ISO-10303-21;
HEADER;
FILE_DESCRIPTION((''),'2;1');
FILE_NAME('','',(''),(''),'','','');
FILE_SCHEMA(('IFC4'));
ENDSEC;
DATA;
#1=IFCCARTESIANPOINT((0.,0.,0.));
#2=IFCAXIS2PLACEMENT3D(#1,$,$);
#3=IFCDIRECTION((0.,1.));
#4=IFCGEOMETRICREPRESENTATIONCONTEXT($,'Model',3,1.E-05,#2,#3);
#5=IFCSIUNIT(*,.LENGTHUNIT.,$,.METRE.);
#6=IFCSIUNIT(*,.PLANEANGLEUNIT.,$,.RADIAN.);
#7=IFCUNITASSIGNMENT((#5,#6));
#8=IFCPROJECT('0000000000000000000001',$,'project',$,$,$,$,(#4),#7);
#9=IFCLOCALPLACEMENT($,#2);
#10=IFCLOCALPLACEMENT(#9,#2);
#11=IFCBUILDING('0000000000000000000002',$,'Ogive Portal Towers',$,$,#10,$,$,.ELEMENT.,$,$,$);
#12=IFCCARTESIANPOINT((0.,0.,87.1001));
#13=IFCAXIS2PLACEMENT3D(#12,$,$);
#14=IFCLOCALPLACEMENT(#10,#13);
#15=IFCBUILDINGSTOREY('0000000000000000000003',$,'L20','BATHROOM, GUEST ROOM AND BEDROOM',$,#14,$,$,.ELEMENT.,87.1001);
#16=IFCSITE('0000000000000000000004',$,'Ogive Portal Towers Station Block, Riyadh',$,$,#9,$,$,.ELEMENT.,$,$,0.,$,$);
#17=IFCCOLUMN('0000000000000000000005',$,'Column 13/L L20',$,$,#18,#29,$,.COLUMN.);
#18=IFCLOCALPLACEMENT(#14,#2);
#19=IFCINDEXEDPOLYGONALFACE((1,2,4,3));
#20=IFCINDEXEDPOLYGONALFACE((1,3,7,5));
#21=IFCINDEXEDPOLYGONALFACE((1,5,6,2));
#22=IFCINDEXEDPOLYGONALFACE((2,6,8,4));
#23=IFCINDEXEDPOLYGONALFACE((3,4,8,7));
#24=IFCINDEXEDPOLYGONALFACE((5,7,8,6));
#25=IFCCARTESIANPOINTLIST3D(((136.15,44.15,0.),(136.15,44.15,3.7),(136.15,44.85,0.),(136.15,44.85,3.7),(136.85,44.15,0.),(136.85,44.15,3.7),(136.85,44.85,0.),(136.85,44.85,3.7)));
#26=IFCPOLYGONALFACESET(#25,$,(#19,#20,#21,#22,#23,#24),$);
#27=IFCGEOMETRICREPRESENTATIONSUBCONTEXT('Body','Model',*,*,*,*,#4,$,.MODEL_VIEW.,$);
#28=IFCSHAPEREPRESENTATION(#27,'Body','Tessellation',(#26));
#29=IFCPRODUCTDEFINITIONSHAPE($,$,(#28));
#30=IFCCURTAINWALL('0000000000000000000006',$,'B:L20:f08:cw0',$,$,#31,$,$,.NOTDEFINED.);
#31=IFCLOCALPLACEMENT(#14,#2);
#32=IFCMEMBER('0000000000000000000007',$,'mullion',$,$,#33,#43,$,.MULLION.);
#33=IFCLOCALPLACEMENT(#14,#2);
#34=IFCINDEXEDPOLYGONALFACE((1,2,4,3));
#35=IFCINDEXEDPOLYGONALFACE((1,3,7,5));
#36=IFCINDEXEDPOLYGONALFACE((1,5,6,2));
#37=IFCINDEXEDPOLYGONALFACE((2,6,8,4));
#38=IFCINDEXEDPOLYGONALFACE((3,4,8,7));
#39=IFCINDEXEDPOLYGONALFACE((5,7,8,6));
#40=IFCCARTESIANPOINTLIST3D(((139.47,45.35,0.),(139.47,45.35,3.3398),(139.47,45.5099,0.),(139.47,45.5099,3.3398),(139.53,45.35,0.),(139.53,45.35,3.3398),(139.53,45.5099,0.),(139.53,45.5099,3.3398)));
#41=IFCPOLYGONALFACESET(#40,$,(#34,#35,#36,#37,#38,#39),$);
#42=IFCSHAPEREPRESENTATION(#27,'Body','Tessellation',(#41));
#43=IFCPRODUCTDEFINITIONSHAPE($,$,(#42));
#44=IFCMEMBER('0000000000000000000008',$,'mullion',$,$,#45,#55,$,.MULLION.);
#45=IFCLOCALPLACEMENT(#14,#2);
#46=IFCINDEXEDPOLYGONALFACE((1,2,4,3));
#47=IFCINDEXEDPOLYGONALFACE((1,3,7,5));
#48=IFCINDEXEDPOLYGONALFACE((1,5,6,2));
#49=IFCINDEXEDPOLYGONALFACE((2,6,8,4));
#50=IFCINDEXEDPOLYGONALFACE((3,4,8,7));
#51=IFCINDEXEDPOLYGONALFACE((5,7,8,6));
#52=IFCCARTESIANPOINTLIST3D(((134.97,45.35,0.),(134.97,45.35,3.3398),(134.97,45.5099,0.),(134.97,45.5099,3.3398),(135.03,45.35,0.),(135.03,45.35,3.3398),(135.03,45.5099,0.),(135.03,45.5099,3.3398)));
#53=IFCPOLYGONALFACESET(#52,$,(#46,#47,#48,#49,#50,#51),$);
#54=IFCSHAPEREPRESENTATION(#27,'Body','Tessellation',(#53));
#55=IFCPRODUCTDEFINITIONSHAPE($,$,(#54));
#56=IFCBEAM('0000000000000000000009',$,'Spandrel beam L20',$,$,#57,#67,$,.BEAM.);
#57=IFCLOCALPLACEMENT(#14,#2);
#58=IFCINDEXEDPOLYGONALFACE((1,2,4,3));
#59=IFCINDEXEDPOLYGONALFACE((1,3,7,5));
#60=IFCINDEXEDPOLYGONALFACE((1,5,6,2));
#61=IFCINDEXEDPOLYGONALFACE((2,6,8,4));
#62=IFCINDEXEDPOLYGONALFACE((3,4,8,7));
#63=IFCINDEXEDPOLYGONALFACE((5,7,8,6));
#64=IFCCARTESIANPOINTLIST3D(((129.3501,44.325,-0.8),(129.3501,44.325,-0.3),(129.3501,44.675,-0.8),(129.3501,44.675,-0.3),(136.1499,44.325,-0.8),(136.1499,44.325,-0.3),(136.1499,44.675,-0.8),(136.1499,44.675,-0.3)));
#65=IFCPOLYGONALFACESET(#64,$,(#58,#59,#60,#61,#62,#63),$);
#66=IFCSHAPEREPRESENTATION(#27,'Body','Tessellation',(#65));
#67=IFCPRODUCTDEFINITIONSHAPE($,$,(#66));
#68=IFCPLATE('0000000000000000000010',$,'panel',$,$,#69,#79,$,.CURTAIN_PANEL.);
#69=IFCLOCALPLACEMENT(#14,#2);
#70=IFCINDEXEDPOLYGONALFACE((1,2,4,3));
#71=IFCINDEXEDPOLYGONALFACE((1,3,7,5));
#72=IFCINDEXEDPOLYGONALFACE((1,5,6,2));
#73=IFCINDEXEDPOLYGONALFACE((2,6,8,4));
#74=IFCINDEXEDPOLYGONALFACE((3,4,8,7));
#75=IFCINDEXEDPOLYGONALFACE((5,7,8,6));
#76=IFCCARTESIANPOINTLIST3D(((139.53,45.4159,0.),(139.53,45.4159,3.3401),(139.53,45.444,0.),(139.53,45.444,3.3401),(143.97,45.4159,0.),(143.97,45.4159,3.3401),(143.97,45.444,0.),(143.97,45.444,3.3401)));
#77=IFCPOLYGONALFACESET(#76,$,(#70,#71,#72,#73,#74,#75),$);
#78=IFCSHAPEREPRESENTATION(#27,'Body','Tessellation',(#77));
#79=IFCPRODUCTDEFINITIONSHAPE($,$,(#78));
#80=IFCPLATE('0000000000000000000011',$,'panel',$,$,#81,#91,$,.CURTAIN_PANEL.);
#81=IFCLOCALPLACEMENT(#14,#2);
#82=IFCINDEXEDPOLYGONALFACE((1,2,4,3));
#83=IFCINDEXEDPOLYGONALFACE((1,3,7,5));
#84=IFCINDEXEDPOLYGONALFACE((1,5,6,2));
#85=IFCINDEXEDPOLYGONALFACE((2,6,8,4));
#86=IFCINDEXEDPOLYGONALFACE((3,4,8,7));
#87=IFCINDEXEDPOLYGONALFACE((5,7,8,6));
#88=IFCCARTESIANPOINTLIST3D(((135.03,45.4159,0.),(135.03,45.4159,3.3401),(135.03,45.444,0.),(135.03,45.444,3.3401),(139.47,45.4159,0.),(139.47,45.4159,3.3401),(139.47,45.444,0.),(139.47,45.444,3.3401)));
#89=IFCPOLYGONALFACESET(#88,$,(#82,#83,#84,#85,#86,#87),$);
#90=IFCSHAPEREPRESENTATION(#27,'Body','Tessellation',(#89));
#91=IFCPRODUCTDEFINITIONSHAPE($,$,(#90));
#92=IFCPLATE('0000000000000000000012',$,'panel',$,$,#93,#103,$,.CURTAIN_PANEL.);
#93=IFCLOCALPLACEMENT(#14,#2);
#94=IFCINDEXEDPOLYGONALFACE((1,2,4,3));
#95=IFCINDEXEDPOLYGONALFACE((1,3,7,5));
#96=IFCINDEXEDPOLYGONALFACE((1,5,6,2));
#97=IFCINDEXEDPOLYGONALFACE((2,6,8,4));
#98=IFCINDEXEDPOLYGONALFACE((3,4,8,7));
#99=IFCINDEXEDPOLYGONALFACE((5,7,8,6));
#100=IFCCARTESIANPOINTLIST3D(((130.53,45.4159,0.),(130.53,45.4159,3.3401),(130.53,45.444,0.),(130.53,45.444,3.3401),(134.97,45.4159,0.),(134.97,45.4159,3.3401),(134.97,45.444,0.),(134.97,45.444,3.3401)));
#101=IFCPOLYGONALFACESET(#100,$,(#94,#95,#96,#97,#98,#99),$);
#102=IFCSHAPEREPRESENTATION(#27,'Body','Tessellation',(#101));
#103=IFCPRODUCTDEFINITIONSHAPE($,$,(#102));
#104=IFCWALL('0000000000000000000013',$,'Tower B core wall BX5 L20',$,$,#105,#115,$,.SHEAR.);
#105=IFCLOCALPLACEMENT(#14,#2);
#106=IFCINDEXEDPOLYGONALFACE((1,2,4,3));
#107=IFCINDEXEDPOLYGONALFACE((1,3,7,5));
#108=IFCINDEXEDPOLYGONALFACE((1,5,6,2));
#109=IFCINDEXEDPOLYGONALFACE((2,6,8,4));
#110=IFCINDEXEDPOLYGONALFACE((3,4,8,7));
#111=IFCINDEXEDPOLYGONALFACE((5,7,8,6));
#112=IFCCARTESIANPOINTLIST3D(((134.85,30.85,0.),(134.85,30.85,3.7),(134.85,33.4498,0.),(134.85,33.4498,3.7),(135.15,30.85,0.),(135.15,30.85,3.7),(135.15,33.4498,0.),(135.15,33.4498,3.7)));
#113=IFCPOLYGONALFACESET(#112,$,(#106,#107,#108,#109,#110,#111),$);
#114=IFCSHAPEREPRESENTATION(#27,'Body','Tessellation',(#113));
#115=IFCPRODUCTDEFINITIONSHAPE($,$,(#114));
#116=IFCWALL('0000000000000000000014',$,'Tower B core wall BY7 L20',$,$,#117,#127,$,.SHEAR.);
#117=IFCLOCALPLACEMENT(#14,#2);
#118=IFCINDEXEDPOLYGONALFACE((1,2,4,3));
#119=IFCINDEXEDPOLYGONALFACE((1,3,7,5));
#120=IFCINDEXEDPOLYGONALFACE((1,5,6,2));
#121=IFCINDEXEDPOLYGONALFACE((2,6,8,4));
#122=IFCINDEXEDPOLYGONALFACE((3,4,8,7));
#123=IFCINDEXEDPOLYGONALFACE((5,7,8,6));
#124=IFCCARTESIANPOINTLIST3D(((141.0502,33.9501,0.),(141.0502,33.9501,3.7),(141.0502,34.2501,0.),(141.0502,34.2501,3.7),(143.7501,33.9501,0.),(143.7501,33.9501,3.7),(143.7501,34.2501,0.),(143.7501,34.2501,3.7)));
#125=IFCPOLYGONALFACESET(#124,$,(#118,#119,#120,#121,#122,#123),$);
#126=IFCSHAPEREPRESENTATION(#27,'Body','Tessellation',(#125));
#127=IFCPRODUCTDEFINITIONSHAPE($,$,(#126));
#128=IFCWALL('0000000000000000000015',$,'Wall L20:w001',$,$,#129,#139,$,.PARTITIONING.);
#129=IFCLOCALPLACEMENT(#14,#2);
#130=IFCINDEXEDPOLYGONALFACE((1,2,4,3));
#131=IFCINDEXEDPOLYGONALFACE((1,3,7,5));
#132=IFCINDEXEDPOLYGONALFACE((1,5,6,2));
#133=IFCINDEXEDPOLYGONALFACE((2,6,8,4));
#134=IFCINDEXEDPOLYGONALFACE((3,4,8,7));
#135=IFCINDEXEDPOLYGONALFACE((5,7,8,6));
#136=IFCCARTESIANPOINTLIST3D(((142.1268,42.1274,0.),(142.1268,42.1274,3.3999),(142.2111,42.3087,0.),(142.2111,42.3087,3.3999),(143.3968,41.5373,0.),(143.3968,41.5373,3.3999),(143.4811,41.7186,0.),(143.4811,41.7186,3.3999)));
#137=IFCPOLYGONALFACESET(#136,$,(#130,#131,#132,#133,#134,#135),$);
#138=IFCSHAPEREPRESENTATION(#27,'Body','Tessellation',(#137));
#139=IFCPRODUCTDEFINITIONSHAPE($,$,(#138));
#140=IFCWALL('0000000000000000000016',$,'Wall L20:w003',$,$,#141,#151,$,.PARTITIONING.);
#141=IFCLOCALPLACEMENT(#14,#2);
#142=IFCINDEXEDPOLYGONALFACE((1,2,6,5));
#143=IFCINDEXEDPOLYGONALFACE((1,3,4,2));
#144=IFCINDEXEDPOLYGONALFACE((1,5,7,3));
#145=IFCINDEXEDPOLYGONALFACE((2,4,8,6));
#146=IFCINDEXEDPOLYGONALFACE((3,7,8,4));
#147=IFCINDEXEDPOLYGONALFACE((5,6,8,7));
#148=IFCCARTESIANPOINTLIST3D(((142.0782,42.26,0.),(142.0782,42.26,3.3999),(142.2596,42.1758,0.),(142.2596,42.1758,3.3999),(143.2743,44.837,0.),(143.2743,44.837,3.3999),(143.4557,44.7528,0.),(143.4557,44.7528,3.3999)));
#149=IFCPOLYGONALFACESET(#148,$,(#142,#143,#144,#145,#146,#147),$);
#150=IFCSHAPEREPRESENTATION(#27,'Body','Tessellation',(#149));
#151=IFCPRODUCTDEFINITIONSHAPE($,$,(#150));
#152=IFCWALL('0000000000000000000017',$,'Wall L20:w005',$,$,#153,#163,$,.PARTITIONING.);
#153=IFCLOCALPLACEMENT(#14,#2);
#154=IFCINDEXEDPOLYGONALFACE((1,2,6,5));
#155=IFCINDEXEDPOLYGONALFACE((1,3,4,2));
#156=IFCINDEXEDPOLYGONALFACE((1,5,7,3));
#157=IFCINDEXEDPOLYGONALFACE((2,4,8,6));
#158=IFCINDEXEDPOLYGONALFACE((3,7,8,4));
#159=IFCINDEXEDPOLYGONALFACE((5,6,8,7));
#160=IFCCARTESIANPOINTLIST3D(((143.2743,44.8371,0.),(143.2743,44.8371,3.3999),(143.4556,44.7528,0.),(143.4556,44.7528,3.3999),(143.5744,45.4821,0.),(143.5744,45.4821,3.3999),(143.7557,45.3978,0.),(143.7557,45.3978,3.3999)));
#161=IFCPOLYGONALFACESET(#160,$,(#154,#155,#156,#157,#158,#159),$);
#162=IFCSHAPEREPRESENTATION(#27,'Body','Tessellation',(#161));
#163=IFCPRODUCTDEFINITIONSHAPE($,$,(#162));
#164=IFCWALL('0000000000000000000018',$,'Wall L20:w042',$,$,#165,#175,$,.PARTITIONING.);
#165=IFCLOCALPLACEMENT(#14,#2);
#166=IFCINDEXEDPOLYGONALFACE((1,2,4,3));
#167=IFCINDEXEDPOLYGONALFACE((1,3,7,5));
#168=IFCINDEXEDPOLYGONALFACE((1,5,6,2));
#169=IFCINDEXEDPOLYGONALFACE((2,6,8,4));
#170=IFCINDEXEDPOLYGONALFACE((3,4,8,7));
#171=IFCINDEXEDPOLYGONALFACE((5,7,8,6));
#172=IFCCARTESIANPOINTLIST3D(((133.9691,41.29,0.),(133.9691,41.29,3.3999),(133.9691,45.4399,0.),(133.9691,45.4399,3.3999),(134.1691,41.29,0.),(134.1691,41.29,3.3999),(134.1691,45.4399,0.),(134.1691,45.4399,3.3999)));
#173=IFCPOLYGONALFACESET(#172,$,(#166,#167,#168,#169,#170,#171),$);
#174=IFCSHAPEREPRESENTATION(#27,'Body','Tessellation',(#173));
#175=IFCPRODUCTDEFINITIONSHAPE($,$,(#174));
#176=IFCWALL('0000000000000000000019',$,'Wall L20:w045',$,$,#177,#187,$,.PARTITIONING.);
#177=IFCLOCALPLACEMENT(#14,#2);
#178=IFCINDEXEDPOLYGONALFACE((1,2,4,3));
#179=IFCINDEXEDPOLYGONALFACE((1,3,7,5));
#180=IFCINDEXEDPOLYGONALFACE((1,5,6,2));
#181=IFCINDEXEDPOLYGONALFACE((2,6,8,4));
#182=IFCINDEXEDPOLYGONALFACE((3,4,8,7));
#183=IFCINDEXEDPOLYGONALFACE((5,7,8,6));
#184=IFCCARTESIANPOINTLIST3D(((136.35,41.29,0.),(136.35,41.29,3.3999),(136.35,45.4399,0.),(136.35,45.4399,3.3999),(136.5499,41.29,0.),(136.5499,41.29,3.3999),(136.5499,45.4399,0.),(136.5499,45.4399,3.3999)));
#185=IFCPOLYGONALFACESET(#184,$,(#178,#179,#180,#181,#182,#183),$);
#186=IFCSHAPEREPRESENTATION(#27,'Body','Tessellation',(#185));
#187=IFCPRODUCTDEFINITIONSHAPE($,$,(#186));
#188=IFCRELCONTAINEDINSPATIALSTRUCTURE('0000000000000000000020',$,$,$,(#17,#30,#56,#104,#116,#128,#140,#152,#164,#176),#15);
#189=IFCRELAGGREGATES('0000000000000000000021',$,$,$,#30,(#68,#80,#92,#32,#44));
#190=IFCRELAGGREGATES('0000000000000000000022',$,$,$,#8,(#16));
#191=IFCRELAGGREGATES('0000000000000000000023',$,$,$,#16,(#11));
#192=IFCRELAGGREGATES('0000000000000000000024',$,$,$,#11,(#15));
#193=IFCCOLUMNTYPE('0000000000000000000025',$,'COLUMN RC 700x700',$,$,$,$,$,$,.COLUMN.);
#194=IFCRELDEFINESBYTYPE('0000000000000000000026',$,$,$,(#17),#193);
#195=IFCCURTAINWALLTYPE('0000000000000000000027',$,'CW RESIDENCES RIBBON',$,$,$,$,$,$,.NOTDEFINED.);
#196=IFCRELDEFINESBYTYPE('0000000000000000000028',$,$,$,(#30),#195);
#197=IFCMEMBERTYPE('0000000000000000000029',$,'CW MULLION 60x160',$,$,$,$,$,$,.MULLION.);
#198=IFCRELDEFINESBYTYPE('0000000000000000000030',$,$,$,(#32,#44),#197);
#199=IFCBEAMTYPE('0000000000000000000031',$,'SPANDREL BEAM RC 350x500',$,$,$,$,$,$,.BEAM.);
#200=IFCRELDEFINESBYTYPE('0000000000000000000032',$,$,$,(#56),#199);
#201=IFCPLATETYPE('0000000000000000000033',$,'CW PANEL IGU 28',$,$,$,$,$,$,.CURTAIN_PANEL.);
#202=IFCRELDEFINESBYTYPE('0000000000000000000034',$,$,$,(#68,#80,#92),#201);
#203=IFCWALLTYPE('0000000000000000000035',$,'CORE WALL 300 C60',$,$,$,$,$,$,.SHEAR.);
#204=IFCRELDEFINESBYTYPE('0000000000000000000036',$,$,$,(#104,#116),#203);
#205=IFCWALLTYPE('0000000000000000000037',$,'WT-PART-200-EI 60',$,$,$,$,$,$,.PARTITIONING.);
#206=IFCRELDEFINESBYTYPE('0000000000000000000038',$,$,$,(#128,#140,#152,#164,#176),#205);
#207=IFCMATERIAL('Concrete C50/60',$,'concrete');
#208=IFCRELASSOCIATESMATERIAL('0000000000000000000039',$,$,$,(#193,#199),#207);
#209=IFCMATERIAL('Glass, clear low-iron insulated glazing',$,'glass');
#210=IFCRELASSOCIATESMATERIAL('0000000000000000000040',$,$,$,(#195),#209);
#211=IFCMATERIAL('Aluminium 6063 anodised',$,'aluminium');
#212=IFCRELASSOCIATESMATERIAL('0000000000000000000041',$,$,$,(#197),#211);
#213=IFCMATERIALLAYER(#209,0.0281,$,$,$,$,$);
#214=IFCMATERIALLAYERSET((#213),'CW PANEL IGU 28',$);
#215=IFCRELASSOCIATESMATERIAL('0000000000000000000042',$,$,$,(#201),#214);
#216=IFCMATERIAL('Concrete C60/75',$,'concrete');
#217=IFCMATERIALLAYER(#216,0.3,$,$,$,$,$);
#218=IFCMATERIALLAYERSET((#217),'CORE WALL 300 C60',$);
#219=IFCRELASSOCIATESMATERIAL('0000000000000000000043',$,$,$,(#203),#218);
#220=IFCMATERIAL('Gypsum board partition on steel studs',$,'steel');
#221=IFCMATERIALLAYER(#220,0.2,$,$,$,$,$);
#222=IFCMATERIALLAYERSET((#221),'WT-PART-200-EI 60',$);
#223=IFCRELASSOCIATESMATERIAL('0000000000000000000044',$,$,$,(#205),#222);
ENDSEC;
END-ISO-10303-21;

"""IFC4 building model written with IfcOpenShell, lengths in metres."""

from ifc_helpers import new_model, si_unit, direction, frame, frame_2d, origin, origin_2d, place, context, subcontext, project, spatial, rectangle, extrude, material, layer, layer_set, material_profile, profile_set, type_object, element, aggregate, save


model = new_model("IFC4")

# Units and contexts
model_context = context("Model", 3, precision=1e-05, world=origin(), true_north=direction((0.0, 1.0)))
body_context = subcontext(model_context, "Body", "Model", "MODEL_VIEW")
ifc_project = project(units=[si_unit("LENGTHUNIT", "METRE"), si_unit("PLANEANGLEUNIT", "RADIAN")], contexts=[model_context])

# Site, building, storey
site_placement = place(None, origin())
site = spatial("IfcSite", under=ifc_project, at=site_placement, Name="Ogive Portal Towers Station Block, Riyadh", CompositionType="ELEMENT", RefElevation=0.0)
building_placement = place(site_placement, origin())
building = spatial("IfcBuilding", under=site, at=building_placement, Name="Ogive Portal Towers", CompositionType="ELEMENT")
storey_placement = place(building_placement, frame((0.0, 0.0, 87.1001)))
storey = spatial("IfcBuildingStorey", under=building, at=storey_placement, Name="L20", Description="BATHROOM, GUEST ROOM AND BEDROOM", CompositionType="ELEMENT", Elevation=87.1001)

# Column
ifc_material_1 = material(Name="Concrete C50/60", Category="concrete")
ifc_material_profile_1 = material_profile(ifc_material_1, rectangle(XDim=0.7, YDim=0.7, at=origin_2d()), Name="RC 700x700")
ifc_profile_set_1 = profile_set([ifc_material_profile_1], Name="Concrete C50/60")
column_type = type_object("IfcColumnType", Name="COLUMN RC 700x700", PredefinedType="COLUMN", material=ifc_profile_set_1)
column_placement = place(storey_placement, frame((136.5, 44.5, 0.0), z_axis=(0.0, 0.0, 1.0), x_axis=(1.0, 0.0, 0.0)))
element("IfcColumn", 1, at=column_placement, inside=storey, type_object=column_type, Name="Column 13/L L20", PredefinedType="COLUMN", context=body_context, shape_type="SweptSolid", body=[
    extrude(rectangle(XDim=0.7, YDim=0.7, at=origin_2d()), origin(), (0.0, 0.0, 1.0), 3.7),
])

# Curtain wall, members
ifc_material_2 = material(Name="Glass, clear low-iron insulated glazing", Category="glass")
curtain_wall_type = type_object("IfcCurtainWallType", Name="CW RESIDENCES RIBBON", PredefinedType="NOTDEFINED", material=ifc_material_2)
curtain_wall_placement = place(storey_placement, origin())
curtain_wall = element("IfcCurtainWall", 2, at=curtain_wall_placement, inside=storey, type_object=curtain_wall_type, Name="B:L20:f08:cw0", PredefinedType="NOTDEFINED")
ifc_material_3 = material(Name="Aluminium 6063 anodised", Category="aluminium")
ifc_material_profile_2 = material_profile(ifc_material_3, rectangle(XDim=0.1599, YDim=0.0601, at=origin_2d()), Name="AL 60x160")
ifc_profile_set_2 = profile_set([ifc_material_profile_2], Name="Aluminium 6063 anodised")
member_type = type_object("IfcMemberType", Name="CW MULLION 60x160", PredefinedType="MULLION", material=ifc_profile_set_2)
member_1_placement = place(storey_placement, frame((139.5, 45.4299, 0.0), z_axis=(0.0, 0.0, 1.0), x_axis=(0.0, -1.0, 0.0)))
member_1 = element("IfcMember", 3, at=member_1_placement, type_object=member_type, Name="mullion", PredefinedType="MULLION", context=body_context, shape_type="SweptSolid", body=[
    extrude(rectangle(XDim=0.1599, YDim=0.0601, at=origin_2d()), origin(), (0.0, 0.0, 1.0), 3.3398),
])
member_2_placement = place(storey_placement, frame((135.0, 45.4299, 0.0), z_axis=(0.0, 0.0, 1.0), x_axis=(0.0, -1.0, 0.0)))
member_2 = element("IfcMember", 4, at=member_2_placement, type_object=member_type, Name="mullion", PredefinedType="MULLION", context=body_context, shape_type="SweptSolid", body=[
    extrude(rectangle(XDim=0.1599, YDim=0.0601, at=origin_2d()), origin(), (0.0, 0.0, 1.0), 3.3398),
])

# Beam
ifc_material_profile_3 = material_profile(ifc_material_1, rectangle(XDim=0.3501, YDim=0.5, at=origin_2d()), Name="RC 350x500")
ifc_profile_set_3 = profile_set([ifc_material_profile_3], Name="Concrete C50/60")
beam_type = type_object("IfcBeamType", Name="SPANDREL BEAM RC 350x500", PredefinedType="BEAM", material=ifc_profile_set_3)
beam_placement = place(storey_placement, frame((136.1499, 44.5, -0.55), z_axis=(-1.0, 0.0, 0.0), x_axis=(0.0, -1.0, 0.0)))
element("IfcBeam", 5, at=beam_placement, inside=storey, type_object=beam_type, Name="Spandrel beam L20", PredefinedType="BEAM", context=body_context, shape_type="SweptSolid", body=[
    extrude(rectangle(XDim=0.3501, YDim=0.5, at=origin_2d()), origin(), (0.0, 0.0, 1.0), 6.7998),
])

# Plates
ifc_layer_1 = layer(ifc_material_2, 0.0281)
ifc_layer_set_1 = layer_set([ifc_layer_1], Name="CW PANEL IGU 28")
plate_type = type_object("IfcPlateType", Name="CW PANEL IGU 28", PredefinedType="CURTAIN_PANEL", material=ifc_layer_set_1)
plate_1_placement = place(storey_placement, frame((141.75, 45.4299, 0.0), z_axis=(0.0, 0.0, 1.0), x_axis=(-1.0, 0.0, 0.0)))
plate_1 = element("IfcPlate", 6, at=plate_1_placement, type_object=plate_type, Name="panel", PredefinedType="CURTAIN_PANEL", context=body_context, shape_type="SweptSolid", body=[
    extrude(rectangle(XDim=4.4399, YDim=0.0281, at=origin_2d()), origin(), (0.0, 0.0, 1.0), 3.3401),
])
plate_2_placement = place(storey_placement, frame((137.25, 45.4299, 0.0), z_axis=(0.0, 0.0, 1.0), x_axis=(-1.0, 0.0, 0.0)))
plate_2 = element("IfcPlate", 7, at=plate_2_placement, type_object=plate_type, Name="panel", PredefinedType="CURTAIN_PANEL", context=body_context, shape_type="SweptSolid", body=[
    extrude(rectangle(XDim=4.4399, YDim=0.0281, at=origin_2d()), origin(), (0.0, 0.0, 1.0), 3.3401),
])
plate_3_placement = place(storey_placement, frame((132.75, 45.4299, 0.0), z_axis=(0.0, 0.0, 1.0), x_axis=(-1.0, 0.0, 0.0)))
plate_3 = element("IfcPlate", 8, at=plate_3_placement, type_object=plate_type, Name="panel", PredefinedType="CURTAIN_PANEL", context=body_context, shape_type="SweptSolid", body=[
    extrude(rectangle(XDim=4.4399, YDim=0.0281, at=origin_2d()), origin(), (0.0, 0.0, 1.0), 3.3401),
])
aggregate(curtain_wall, [plate_1, plate_2, plate_3, member_1, member_2])

# Walls
ifc_material_4 = material(Name="Concrete C60/75", Category="concrete")
ifc_layer_2 = layer(ifc_material_4, 0.3)
ifc_layer_set_2 = layer_set([ifc_layer_2], Name="CORE WALL 300 C60")
wall_type_1 = type_object("IfcWallType", Name="CORE WALL 300 C60", PredefinedType="SHEAR", material=ifc_layer_set_2)
wall_1_placement = place(storey_placement, frame((135.0, 30.8501, 0.0), z_axis=(0.0, 0.0, 1.0), x_axis=(0.0, 1.0, 0.0)))
element("IfcWall", 9, at=wall_1_placement, inside=storey, type_object=wall_type_1, Name="Tower B core wall BX5 L20", PredefinedType="SHEAR", context=body_context, shape_type="SweptSolid", body=[
    extrude(rectangle(XDim=2.5999, YDim=0.3, at=frame_2d((1.2998, 0.0))), origin(), (0.0, 0.0, 1.0), 3.7),
])
wall_2_placement = place(storey_placement, frame((141.05, 34.1001, 0.0), z_axis=(0.0, 0.0, 1.0), x_axis=(1.0, 0.0, 0.0)))
element("IfcWall", 10, at=wall_2_placement, inside=storey, type_object=wall_type_1, Name="Tower B core wall BY7 L20", PredefinedType="SHEAR", context=body_context, shape_type="SweptSolid", body=[
    extrude(rectangle(XDim=2.7, YDim=0.3, at=frame_2d((1.3501, 0.0))), origin(), (0.0, 0.0, 1.0), 3.7),
])
ifc_material_5 = material(Name="Gypsum board partition on steel studs", Category="steel")
ifc_layer_3 = layer(ifc_material_5, 0.2)
ifc_layer_set_3 = layer_set([ifc_layer_3], Name="WT-PART-200-EI 60")
wall_type_2 = type_object("IfcWallType", Name="WT-PART-200-EI 60", PredefinedType="PARTITIONING", material=ifc_layer_set_3)
wall_3_placement = place(storey_placement, frame((142.1689, 42.218, 0.0), z_axis=(0.0, 0.0, 1.0), x_axis=(0.90689, -0.421367, 0.0)))
element("IfcWall", 11, at=wall_3_placement, inside=storey, type_object=wall_type_2, Name="Wall L20:w001", PredefinedType="PARTITIONING", context=body_context, shape_type="SweptSolid", body=[
    extrude(rectangle(XDim=1.4004, YDim=0.2, at=frame_2d((0.7002, 0.0))), origin(), (0.0, 0.0, 1.0), 3.3999),
])
wall_4_placement = place(storey_placement, frame((142.1689, 42.218, 0.0), z_axis=(0.0, 0.0, 1.0), x_axis=(0.421003, 0.907059, 0.0)))
element("IfcWall", 12, at=wall_4_placement, inside=storey, type_object=wall_type_2, Name="Wall L20:w003", PredefinedType="PARTITIONING", context=body_context, shape_type="SweptSolid", body=[
    extrude(rectangle(XDim=2.8411, YDim=0.2, at=frame_2d((1.4204, 0.0))), origin(), (0.0, 0.0, 1.0), 3.3999),
])
wall_5_placement = place(storey_placement, frame((143.365, 44.7949, 0.0), z_axis=(0.0, 0.0, 1.0), x_axis=(0.421777, 0.9067, 0.0)))
element("IfcWall", 13, at=wall_5_placement, inside=storey, type_object=wall_type_2, Name="Wall L20:w005", PredefinedType="PARTITIONING", context=body_context, shape_type="SweptSolid", body=[
    extrude(rectangle(XDim=0.7114, YDim=0.2, at=frame_2d((0.3557, 0.0))), origin(), (0.0, 0.0, 1.0), 3.3999),
])
for number, where, z_axis, x_axis, name in (
    (14, (134.0691, 41.29, 0.0), (0.0, 0.0, 1.0), (0.0, 1.0, 0.0), "Wall L20:w042"),
    (15, (136.45, 41.29, 0.0), (0.0, 0.0, 1.0), (0.0, 1.0, 0.0), "Wall L20:w045"),
):
    element("IfcWall", number, at=place(storey_placement, frame(where, z_axis=z_axis, x_axis=x_axis)), inside=storey, type_object=wall_type_2, Name=name, PredefinedType="PARTITIONING", context=body_context, shape_type="SweptSolid", body=[
        extrude(rectangle(XDim=4.1499, YDim=0.2, at=frame_2d((2.075, 0.0))), origin(), (0.0, 0.0, 1.0), 3.3999),
    ])

save(model, "model.ifc")
